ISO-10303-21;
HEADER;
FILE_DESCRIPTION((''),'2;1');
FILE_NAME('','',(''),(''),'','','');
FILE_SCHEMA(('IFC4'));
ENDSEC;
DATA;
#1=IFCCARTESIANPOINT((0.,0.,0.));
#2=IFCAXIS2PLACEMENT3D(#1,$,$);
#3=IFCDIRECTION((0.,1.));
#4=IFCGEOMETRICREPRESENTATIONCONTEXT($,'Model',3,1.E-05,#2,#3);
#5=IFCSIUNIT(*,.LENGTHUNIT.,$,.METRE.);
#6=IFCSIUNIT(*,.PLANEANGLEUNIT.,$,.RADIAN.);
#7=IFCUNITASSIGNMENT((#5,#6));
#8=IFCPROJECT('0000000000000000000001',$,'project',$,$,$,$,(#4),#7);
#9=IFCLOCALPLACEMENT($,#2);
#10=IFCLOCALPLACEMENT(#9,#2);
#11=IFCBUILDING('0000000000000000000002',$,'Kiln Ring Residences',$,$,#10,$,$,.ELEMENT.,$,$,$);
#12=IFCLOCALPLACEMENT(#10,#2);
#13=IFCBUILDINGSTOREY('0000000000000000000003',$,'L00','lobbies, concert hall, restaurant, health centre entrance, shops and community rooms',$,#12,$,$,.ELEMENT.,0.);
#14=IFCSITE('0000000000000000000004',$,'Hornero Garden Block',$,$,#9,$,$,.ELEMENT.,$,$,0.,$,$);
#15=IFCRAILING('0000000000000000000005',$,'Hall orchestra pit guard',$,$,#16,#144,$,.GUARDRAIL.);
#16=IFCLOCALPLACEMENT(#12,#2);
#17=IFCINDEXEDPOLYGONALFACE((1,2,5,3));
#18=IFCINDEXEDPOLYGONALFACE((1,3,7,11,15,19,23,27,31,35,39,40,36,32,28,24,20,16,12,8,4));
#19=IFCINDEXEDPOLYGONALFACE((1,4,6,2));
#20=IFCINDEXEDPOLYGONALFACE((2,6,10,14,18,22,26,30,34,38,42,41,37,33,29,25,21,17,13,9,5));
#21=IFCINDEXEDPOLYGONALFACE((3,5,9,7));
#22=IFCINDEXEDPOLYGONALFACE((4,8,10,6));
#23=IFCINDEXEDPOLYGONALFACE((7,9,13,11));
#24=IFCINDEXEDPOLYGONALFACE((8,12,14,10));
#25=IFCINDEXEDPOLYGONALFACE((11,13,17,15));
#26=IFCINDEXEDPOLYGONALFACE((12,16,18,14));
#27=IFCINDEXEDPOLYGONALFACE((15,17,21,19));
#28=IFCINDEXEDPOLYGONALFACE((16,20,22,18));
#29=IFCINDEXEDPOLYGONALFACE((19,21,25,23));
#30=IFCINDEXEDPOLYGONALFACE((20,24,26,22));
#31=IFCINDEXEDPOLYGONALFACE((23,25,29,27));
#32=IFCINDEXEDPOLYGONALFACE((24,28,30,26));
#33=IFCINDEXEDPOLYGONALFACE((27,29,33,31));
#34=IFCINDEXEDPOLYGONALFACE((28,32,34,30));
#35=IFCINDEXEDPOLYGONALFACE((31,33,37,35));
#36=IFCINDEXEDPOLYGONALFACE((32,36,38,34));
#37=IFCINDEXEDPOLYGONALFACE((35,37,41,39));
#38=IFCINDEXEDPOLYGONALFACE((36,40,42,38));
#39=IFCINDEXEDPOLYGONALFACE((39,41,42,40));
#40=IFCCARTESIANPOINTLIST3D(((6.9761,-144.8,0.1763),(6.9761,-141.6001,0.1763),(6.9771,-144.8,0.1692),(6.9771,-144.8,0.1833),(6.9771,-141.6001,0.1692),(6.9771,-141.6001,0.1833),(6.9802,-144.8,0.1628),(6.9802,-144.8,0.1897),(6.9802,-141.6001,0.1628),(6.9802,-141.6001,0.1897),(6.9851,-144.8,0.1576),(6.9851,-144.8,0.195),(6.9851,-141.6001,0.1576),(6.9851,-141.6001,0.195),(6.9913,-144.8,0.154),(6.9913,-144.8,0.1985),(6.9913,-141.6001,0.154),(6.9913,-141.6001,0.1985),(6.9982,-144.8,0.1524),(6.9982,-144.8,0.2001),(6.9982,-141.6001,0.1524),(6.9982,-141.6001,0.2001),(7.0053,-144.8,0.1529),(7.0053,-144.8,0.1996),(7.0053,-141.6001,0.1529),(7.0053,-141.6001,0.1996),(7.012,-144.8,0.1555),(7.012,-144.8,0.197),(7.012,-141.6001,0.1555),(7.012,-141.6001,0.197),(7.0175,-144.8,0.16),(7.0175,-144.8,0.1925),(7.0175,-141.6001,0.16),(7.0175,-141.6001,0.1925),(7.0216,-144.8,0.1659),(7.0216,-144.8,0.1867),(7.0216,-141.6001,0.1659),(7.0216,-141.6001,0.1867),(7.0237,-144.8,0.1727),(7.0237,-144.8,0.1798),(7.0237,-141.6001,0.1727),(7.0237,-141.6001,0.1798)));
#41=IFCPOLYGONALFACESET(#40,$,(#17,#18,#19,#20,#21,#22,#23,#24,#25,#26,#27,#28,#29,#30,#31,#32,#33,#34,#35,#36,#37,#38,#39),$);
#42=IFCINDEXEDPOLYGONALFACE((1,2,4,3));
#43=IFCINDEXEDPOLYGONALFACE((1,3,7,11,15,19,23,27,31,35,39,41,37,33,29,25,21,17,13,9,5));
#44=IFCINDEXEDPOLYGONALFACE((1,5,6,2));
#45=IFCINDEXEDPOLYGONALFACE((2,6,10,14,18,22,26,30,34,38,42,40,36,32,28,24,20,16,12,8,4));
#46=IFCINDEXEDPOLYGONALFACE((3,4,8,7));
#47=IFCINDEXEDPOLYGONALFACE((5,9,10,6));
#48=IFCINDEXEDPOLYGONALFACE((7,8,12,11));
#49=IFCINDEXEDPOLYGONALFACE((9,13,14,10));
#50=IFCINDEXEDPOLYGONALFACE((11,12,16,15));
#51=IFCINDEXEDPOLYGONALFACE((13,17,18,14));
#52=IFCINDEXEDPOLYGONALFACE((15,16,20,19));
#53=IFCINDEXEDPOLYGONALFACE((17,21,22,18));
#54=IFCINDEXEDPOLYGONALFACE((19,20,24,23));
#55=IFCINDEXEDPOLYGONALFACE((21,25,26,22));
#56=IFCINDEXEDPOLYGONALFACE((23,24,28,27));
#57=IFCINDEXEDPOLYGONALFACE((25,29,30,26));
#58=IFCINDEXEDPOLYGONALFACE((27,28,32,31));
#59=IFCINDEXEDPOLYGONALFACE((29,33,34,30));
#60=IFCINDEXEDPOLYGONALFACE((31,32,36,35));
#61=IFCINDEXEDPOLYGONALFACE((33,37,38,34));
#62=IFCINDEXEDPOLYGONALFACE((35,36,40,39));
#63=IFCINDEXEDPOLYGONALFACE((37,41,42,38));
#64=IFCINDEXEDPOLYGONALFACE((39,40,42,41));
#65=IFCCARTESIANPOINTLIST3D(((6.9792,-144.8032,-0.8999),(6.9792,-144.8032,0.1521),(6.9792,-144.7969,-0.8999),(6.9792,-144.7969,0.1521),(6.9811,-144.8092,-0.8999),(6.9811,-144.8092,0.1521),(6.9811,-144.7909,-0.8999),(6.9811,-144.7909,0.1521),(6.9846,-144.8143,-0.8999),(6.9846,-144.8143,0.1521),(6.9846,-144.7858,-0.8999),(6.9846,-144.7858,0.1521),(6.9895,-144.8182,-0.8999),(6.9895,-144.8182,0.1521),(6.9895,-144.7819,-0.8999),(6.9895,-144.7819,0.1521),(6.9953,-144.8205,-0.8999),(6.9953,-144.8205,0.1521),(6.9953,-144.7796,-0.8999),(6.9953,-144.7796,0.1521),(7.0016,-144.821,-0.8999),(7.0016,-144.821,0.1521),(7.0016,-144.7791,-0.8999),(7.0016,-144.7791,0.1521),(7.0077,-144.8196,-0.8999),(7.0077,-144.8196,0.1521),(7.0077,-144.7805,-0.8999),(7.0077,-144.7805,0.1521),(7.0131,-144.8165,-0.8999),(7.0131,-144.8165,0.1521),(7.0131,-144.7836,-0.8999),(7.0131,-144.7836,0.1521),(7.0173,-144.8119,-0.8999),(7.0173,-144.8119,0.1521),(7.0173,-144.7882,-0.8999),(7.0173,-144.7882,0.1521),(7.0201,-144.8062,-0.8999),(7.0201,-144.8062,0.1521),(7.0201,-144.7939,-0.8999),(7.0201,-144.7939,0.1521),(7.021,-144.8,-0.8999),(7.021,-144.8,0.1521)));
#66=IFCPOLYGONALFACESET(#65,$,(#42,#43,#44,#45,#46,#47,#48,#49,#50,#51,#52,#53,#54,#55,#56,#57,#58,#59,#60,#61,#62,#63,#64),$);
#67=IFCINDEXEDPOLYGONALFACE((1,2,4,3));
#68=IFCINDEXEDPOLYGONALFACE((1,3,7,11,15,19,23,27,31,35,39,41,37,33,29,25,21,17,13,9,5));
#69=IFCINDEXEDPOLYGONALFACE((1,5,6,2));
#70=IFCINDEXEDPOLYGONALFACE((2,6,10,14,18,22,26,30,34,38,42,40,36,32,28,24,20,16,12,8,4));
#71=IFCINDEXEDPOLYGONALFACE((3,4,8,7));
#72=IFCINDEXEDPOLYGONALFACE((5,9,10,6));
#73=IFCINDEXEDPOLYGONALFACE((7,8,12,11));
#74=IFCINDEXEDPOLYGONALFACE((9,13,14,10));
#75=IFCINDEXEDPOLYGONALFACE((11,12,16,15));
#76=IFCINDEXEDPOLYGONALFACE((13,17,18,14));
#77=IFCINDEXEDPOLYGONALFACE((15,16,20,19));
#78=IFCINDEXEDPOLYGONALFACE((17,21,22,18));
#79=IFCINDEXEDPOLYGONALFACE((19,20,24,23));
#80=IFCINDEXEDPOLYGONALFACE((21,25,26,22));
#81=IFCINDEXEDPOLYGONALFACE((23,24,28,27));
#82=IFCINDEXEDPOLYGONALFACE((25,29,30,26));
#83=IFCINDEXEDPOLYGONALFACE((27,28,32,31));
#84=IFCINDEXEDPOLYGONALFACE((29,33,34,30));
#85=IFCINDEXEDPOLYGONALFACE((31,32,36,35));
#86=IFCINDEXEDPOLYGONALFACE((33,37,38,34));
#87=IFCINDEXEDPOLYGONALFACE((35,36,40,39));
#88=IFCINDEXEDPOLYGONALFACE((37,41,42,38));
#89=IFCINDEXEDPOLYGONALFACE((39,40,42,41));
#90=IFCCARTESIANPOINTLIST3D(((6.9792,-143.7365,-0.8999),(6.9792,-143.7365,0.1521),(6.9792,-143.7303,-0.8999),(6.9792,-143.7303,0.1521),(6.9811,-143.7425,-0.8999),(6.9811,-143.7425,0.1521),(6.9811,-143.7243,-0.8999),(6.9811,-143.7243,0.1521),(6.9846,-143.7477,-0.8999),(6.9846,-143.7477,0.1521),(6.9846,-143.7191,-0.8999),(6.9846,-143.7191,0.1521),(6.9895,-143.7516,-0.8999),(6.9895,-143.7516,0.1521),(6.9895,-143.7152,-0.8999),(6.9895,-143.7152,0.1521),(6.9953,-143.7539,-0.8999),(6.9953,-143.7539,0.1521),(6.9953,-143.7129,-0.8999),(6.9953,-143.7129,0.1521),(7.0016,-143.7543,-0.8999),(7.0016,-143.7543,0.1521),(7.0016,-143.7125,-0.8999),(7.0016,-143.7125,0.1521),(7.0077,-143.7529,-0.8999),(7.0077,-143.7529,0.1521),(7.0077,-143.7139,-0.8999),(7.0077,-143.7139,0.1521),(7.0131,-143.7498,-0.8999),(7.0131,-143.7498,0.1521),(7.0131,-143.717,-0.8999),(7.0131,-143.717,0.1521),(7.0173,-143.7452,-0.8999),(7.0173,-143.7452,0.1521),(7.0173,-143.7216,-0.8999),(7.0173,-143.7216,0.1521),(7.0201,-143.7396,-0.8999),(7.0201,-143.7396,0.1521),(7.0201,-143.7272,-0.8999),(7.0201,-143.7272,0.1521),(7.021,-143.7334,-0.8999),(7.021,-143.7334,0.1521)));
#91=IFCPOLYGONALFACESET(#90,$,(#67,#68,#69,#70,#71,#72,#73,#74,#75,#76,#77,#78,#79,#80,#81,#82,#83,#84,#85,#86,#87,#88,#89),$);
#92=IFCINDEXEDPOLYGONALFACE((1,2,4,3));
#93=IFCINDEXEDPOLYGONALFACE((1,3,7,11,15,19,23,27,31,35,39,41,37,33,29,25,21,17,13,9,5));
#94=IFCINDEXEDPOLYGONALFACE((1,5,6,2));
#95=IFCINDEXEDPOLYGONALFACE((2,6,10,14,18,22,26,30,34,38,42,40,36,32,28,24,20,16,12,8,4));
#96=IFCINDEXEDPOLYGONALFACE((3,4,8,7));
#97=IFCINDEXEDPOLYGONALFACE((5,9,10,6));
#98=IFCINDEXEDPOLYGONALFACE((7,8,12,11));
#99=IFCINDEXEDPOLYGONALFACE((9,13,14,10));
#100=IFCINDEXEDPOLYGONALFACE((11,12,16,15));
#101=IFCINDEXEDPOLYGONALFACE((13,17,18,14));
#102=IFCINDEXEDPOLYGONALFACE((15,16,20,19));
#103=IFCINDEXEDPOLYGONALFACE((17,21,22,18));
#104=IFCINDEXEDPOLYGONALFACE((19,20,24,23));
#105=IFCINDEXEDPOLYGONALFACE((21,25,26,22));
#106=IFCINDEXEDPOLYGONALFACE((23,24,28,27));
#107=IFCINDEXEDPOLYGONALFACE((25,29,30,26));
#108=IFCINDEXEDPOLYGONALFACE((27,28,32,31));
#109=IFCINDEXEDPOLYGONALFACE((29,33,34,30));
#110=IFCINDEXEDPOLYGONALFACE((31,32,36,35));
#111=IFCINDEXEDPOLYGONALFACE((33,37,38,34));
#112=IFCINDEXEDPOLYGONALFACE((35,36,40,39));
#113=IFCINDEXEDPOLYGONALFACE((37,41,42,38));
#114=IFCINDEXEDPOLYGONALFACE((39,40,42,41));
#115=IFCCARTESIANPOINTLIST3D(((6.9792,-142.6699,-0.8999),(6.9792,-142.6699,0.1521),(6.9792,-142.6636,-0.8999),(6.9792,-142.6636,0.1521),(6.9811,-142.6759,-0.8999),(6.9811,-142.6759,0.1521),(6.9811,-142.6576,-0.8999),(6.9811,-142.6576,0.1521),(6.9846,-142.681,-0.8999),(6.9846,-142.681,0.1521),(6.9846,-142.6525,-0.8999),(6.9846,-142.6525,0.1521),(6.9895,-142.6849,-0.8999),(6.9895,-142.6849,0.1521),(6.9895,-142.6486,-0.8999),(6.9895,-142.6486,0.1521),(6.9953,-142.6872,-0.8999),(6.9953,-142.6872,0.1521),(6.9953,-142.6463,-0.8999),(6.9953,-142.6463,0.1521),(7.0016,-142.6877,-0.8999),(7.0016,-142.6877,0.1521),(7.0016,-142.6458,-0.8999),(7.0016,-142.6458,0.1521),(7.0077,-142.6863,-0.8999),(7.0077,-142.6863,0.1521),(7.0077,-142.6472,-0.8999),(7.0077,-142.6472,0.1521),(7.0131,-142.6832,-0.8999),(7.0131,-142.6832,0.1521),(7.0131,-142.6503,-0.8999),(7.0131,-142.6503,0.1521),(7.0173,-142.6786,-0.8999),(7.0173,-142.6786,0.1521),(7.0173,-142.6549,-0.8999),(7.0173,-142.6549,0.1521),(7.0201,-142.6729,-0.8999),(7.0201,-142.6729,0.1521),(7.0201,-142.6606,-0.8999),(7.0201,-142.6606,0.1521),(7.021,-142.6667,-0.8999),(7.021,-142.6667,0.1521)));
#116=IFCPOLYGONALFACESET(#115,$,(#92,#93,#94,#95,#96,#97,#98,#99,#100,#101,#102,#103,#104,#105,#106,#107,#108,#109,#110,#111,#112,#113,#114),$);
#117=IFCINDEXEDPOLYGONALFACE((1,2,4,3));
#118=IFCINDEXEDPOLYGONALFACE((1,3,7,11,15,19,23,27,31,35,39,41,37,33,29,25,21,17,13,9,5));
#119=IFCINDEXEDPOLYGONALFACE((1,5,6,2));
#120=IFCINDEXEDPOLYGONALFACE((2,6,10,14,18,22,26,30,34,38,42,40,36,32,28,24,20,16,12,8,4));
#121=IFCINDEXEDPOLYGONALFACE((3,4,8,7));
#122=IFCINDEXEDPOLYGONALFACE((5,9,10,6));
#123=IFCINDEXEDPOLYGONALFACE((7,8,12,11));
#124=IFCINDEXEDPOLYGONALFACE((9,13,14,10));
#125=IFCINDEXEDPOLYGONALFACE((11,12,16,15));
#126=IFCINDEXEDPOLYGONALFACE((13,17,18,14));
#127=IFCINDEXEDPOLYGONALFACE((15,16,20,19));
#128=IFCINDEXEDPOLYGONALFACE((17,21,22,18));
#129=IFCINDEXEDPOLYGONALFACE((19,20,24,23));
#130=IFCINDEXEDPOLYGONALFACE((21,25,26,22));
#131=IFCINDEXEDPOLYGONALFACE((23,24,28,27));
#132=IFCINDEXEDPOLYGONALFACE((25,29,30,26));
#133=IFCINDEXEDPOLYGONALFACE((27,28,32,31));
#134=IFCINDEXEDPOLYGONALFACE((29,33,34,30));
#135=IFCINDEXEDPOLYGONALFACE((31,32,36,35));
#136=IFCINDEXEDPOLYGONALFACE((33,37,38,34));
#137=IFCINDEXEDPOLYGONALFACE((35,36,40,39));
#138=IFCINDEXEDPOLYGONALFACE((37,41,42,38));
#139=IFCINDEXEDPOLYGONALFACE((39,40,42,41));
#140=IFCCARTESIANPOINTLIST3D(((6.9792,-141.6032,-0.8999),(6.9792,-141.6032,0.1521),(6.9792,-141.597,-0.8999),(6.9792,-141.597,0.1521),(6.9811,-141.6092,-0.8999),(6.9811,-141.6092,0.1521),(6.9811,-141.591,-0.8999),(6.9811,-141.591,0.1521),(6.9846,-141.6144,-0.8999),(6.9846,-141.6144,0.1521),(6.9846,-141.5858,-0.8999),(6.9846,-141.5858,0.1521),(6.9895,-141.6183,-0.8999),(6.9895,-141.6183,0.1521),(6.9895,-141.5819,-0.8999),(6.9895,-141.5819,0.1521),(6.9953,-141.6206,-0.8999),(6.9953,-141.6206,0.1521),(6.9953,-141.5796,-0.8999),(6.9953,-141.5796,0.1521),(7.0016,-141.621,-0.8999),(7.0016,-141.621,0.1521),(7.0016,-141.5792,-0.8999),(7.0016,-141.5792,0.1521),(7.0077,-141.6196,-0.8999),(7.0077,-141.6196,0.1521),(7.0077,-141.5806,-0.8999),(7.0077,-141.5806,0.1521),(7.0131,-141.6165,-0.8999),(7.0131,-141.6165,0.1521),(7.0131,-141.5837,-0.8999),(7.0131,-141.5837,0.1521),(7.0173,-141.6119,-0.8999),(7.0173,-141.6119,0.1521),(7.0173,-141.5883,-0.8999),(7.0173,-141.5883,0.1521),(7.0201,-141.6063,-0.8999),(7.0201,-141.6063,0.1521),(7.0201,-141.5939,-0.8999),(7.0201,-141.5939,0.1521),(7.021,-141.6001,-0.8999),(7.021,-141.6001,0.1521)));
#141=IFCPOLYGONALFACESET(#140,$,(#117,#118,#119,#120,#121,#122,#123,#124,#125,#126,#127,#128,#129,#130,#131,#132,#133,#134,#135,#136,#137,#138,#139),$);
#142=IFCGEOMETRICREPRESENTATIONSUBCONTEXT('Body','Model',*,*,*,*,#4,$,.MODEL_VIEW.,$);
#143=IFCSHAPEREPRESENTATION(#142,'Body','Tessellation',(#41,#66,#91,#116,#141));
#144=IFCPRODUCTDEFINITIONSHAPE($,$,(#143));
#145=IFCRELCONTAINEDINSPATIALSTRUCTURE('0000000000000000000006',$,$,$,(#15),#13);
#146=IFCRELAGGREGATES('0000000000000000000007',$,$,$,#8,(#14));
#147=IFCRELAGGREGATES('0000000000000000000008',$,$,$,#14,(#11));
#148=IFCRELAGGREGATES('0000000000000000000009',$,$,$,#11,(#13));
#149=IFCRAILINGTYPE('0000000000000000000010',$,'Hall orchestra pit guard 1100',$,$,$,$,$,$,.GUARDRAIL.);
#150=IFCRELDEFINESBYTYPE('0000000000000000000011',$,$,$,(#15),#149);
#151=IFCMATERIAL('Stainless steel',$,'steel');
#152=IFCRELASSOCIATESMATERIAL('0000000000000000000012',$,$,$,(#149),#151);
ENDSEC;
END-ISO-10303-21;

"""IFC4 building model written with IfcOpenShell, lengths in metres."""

from ifc_helpers import new_model, si_unit, direction, frame, origin, origin_2d, place, context, subcontext, project, spatial, circle, extrude, material, type_object, element, save


model = new_model("IFC4")

# Units and contexts
model_context = context("Model", 3, precision=1e-05, world=origin(), true_north=direction((0.0, 1.0)))
body_context = subcontext(model_context, "Body", "Model", "MODEL_VIEW")
ifc_project = project(units=[si_unit("LENGTHUNIT", "METRE"), si_unit("PLANEANGLEUNIT", "RADIAN")], contexts=[model_context])

# Site, building, storey
site_placement = place(None, origin())
site = spatial("IfcSite", under=ifc_project, at=site_placement, Name="Hornero Garden Block", CompositionType="ELEMENT", RefElevation=0.0)
building_placement = place(site_placement, origin())
building = spatial("IfcBuilding", under=site, at=building_placement, Name="Kiln Ring Residences", CompositionType="ELEMENT")
storey_placement = place(building_placement, origin())
storey = spatial("IfcBuildingStorey", under=building, at=storey_placement, Name="L00", Description="lobbies, concert hall, restaurant, health centre entrance, shops and community rooms", CompositionType="ELEMENT", Elevation=0.0)

# Railing
ifc_material_1 = material(Name="Stainless steel", Category="steel")
railing_type = type_object("IfcRailingType", Name="Hall orchestra pit guard 1100", PredefinedType="GUARDRAIL", material=ifc_material_1)
for number, where, name in (
    (1, (7.0, -144.8, -0.8999), "Hall orchestra pit guard"),
):
    element("IfcRailing", number, at=place(storey_placement, frame(where)), inside=storey, type_object=railing_type, Name=name, PredefinedType="GUARDRAIL", context=body_context, shape_type="SweptSolid", body=[
        extrude(circle(Radius=0.0239, at=origin_2d()), frame((0.0, 0.0, 1.0762), z_axis=(0.0, 1.0, 0.0), x_axis=(-1.0, 0.0, 0.0)), (0.0, 0.0, 1.0), 3.2),
        extrude(circle(Radius=0.021, at=origin_2d()), origin(), (0.0, 0.0, 1.0), 1.052),
        extrude(circle(Radius=0.021, at=origin_2d()), frame((0.0, 1.0667, 0.0)), (0.0, 0.0, 1.0), 1.052),
        extrude(circle(Radius=0.021, at=origin_2d()), frame((0.0, 2.1333, 0.0)), (0.0, 0.0, 1.0), 1.052),
        extrude(circle(Radius=0.021, at=origin_2d()), frame((0.0, 3.2, 0.0)), (0.0, 0.0, 1.0), 1.052),
    ])

save(model, "model.ifc")
